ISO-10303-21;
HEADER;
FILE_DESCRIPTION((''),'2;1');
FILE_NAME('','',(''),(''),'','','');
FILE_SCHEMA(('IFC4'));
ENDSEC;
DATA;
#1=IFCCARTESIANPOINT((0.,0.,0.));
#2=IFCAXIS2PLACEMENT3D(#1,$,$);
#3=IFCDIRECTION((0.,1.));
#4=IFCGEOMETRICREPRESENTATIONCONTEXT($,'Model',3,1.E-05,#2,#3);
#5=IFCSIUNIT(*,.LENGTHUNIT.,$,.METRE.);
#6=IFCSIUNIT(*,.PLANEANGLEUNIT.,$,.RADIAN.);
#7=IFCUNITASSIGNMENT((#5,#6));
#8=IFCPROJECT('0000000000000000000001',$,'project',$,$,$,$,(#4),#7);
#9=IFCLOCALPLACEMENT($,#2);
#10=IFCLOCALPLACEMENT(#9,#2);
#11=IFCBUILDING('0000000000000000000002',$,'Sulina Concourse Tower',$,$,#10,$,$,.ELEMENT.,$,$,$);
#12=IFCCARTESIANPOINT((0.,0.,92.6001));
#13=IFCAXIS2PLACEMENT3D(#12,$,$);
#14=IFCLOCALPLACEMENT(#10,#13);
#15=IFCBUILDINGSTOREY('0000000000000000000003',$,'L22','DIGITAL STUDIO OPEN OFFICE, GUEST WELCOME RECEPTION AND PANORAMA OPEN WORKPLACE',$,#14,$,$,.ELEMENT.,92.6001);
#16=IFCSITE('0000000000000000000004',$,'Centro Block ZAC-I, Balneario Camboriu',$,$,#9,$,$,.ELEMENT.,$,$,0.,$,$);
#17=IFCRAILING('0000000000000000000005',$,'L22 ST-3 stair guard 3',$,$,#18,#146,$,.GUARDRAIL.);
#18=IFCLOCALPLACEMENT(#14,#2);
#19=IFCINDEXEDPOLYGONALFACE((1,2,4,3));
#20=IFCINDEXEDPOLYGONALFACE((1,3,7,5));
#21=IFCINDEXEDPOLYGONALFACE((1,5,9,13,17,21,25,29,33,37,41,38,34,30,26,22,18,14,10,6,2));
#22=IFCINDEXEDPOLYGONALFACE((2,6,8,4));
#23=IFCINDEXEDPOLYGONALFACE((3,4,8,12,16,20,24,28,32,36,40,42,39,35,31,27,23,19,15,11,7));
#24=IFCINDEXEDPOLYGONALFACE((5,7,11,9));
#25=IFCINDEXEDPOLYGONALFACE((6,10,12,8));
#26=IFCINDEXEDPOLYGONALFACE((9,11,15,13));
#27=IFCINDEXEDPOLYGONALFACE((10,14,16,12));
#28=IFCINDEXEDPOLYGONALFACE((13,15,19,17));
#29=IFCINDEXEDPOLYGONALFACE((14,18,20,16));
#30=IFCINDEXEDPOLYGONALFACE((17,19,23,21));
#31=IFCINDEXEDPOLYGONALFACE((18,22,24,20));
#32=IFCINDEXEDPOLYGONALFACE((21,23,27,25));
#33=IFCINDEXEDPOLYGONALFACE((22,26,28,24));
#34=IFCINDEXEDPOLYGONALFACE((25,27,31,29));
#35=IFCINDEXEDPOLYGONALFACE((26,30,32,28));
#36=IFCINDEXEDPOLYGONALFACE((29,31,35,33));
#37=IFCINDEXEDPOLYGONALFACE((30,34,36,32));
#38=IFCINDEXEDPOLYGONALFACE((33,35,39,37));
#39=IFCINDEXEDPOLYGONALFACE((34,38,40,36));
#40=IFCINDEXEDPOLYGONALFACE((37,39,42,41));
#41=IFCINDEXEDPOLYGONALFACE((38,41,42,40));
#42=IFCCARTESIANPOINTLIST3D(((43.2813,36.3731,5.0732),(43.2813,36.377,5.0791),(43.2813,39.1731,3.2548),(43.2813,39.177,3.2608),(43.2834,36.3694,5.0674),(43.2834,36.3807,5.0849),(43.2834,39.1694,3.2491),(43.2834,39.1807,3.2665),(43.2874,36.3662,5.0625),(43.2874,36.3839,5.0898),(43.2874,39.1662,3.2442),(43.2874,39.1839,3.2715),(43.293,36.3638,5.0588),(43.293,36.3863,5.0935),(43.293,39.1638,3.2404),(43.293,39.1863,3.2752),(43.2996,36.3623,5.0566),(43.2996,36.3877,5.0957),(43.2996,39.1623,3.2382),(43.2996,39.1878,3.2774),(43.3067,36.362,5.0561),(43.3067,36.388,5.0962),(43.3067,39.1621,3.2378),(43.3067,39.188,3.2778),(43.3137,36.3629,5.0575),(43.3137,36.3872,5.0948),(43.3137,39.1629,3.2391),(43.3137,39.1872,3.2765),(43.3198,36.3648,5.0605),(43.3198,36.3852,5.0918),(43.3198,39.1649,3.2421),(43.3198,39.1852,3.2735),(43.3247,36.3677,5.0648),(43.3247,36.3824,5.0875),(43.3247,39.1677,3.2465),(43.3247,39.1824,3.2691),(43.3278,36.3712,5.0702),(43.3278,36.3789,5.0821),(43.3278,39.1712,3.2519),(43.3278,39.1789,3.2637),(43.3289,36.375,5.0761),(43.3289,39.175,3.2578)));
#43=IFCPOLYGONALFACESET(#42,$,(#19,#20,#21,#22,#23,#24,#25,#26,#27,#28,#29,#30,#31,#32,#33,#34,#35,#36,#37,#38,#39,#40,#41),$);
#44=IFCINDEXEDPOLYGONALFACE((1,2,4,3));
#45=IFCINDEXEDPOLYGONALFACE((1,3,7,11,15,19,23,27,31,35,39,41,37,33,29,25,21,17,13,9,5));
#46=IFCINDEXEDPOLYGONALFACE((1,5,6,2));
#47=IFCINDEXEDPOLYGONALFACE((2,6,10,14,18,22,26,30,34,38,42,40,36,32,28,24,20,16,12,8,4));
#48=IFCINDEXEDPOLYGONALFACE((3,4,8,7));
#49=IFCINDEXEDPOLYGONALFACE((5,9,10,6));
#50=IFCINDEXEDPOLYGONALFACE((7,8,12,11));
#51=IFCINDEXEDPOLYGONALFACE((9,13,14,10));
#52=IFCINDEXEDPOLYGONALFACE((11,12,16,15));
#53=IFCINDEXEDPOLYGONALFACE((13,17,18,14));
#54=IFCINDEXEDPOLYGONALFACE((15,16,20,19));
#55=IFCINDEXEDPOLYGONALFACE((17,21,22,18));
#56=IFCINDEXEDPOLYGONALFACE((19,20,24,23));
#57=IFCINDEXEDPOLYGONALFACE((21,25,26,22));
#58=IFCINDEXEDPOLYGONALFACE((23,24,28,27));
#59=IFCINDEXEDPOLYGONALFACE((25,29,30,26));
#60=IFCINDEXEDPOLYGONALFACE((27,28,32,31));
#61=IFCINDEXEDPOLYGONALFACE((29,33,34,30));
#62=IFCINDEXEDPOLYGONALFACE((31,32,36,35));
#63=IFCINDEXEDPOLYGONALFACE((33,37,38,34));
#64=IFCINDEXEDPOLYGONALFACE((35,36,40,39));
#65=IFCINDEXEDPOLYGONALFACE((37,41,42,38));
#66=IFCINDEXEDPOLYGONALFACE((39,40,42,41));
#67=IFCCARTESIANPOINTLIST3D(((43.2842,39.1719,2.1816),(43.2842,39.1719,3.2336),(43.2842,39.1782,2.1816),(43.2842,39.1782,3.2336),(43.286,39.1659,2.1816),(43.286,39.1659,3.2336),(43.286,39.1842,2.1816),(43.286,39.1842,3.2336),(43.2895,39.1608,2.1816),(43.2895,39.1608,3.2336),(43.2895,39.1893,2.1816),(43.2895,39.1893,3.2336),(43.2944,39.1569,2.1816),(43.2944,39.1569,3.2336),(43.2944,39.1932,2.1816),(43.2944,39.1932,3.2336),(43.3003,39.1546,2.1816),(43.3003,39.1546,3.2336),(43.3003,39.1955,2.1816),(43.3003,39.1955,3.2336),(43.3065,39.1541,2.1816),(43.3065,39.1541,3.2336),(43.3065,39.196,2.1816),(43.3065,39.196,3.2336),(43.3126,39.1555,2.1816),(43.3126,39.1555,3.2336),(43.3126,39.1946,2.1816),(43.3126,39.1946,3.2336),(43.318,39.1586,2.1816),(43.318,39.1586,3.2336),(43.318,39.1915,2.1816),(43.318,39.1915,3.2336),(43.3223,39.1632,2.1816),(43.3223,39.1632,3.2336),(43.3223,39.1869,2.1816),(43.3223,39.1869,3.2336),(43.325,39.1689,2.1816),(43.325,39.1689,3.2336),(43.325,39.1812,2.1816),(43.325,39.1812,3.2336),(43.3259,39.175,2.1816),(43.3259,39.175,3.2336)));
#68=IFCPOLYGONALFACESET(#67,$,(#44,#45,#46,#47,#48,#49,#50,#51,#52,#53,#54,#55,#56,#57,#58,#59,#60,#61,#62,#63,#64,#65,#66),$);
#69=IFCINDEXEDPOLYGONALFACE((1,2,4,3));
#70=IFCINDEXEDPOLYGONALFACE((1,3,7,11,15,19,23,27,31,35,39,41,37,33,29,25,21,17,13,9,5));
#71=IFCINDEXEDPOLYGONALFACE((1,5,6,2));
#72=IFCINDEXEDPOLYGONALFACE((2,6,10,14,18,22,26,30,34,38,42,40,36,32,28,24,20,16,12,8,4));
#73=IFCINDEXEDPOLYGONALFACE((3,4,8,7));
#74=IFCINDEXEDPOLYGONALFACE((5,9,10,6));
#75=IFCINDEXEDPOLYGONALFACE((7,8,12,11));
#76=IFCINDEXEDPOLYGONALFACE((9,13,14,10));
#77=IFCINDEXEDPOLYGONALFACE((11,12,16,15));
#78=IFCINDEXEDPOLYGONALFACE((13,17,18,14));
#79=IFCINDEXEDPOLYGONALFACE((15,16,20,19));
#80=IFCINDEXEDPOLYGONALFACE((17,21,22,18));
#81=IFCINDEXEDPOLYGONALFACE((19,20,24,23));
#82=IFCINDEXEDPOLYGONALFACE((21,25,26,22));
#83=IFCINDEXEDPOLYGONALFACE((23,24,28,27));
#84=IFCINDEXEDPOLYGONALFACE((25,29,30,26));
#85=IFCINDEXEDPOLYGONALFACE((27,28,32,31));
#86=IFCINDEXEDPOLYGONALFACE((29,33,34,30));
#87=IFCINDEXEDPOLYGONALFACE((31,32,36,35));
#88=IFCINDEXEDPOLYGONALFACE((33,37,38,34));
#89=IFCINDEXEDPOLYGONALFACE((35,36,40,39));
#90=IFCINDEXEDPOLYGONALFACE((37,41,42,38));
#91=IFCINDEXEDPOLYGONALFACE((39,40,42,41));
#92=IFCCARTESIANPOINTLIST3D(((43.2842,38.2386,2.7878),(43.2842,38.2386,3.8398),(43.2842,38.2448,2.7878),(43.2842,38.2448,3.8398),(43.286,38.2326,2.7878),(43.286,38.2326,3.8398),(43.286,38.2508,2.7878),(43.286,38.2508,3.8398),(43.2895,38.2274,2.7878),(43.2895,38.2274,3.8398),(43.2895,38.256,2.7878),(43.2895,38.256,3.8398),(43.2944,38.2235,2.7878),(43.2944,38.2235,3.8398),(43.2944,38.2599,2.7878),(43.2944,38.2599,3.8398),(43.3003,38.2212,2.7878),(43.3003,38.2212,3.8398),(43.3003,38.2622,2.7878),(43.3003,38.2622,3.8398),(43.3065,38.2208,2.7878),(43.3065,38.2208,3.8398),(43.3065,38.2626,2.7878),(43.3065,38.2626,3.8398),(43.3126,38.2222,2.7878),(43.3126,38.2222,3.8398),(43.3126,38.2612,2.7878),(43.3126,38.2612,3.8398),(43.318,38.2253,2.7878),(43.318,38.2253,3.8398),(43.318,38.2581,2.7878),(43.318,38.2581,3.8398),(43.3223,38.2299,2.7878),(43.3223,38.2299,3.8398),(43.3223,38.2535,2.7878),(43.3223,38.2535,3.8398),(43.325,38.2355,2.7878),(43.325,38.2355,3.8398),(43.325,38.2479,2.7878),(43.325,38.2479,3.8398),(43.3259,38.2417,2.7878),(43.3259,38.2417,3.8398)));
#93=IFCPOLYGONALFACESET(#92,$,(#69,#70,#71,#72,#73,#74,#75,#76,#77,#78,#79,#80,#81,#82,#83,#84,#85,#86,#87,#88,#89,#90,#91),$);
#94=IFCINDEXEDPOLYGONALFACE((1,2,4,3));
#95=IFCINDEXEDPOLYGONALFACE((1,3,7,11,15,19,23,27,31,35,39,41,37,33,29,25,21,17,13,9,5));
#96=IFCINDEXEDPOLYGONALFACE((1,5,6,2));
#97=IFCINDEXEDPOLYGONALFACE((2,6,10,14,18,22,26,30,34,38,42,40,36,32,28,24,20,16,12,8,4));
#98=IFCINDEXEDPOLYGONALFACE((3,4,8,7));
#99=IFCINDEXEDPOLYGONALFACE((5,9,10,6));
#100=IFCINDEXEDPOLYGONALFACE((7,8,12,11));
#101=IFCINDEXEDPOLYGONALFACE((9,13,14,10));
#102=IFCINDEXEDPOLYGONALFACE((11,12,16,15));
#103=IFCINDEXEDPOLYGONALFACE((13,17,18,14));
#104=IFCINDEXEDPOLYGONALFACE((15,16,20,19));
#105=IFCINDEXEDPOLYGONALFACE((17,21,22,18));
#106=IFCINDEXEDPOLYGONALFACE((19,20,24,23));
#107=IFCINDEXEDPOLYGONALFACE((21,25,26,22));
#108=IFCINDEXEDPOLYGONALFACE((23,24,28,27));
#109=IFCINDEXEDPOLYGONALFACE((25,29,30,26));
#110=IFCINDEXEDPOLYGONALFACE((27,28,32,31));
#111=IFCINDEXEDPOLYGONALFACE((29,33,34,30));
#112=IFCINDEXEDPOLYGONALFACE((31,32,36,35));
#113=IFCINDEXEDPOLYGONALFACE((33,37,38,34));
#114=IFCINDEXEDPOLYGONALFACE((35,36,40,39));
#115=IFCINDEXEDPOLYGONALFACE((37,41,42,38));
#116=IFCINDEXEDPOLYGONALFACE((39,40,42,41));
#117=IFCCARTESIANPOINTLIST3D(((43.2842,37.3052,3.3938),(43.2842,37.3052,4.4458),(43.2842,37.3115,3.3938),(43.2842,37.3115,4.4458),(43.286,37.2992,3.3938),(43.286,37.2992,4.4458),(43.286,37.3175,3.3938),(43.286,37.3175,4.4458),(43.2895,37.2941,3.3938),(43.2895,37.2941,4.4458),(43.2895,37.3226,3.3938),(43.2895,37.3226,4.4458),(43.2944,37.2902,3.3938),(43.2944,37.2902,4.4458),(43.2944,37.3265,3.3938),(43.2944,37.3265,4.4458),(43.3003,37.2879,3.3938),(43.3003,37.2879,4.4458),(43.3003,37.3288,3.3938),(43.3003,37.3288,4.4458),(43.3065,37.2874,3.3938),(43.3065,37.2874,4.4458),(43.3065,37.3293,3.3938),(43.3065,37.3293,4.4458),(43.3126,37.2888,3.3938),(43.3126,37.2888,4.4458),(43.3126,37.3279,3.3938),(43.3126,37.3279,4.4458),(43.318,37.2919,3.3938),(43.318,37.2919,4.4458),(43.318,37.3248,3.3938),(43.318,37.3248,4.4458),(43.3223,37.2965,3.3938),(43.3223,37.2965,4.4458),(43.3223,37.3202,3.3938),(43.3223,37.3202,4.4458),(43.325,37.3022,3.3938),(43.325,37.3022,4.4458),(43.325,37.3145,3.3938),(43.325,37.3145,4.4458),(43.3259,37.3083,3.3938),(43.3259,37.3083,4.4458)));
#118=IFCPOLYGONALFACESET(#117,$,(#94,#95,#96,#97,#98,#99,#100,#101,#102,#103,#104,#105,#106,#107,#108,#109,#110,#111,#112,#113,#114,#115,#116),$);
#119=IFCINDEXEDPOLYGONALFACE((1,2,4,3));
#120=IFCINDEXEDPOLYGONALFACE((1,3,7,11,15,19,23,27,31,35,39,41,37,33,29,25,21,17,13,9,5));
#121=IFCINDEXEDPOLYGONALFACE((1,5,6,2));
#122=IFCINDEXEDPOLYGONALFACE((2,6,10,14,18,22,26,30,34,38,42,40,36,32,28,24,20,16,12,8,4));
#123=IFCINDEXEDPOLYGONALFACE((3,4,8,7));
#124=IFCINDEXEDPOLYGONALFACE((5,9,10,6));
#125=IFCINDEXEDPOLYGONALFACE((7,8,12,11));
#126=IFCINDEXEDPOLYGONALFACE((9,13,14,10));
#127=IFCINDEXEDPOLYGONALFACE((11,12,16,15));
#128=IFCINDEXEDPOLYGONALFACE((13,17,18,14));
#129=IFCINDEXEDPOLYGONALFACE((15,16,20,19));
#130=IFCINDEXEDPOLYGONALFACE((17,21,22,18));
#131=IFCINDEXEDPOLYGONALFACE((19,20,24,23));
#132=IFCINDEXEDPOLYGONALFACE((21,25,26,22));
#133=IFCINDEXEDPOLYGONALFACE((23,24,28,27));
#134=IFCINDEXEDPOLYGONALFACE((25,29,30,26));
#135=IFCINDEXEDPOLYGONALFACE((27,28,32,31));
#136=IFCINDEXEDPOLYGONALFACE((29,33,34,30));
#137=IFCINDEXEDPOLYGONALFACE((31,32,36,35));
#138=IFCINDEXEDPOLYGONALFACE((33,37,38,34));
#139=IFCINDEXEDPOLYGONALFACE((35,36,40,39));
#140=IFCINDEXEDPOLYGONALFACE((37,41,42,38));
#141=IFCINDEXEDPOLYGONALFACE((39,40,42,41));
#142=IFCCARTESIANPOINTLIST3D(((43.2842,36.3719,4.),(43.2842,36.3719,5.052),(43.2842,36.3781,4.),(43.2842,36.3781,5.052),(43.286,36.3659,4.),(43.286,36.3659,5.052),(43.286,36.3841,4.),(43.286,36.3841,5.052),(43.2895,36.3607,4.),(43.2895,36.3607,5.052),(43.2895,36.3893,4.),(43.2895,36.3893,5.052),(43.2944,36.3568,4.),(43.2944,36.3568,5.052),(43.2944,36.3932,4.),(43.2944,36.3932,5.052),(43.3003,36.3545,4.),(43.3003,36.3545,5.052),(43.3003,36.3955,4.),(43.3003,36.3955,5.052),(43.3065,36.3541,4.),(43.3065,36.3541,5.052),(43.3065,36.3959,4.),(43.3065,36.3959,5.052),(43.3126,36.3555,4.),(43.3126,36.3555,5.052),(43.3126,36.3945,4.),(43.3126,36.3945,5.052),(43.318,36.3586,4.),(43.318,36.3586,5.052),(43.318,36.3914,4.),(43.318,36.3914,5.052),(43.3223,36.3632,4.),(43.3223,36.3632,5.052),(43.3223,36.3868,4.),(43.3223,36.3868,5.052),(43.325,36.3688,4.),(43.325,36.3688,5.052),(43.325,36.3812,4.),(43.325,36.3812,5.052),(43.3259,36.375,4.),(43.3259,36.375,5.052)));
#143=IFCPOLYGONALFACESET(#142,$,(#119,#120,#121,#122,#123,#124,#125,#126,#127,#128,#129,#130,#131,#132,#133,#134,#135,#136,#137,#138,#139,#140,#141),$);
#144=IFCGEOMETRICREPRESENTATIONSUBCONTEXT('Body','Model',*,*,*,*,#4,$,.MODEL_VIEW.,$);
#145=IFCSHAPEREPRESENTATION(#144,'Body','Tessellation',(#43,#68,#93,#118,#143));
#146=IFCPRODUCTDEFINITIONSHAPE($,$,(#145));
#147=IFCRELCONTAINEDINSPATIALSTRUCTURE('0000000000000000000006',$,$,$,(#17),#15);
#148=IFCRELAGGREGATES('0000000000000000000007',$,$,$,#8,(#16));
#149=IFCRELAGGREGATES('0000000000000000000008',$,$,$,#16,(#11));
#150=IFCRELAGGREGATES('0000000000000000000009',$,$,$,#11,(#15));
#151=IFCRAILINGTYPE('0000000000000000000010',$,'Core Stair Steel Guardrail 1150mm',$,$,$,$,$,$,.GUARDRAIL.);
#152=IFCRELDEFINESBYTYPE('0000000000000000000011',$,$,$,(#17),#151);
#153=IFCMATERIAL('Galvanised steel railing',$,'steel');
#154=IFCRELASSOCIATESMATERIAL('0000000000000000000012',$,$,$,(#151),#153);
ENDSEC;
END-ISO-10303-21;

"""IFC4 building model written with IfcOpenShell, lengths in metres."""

from ifc_helpers import new_model, si_unit, direction, frame, origin, origin_2d, place, context, subcontext, project, spatial, circle, extrude, material, type_object, element, save


model = new_model("IFC4")

# Units and contexts
model_context = context("Model", 3, precision=1e-05, world=origin(), true_north=direction((0.0, 1.0)))
body_context = subcontext(model_context, "Body", "Model", "MODEL_VIEW")
ifc_project = project(units=[si_unit("LENGTHUNIT", "METRE"), si_unit("PLANEANGLEUNIT", "RADIAN")], contexts=[model_context])

# Site, building, storey
site_placement = place(None, origin())
site = spatial("IfcSite", under=ifc_project, at=site_placement, Name="Centro Block ZAC-I, Balneario Camboriu", CompositionType="ELEMENT", RefElevation=0.0)
building_placement = place(site_placement, origin())
building = spatial("IfcBuilding", under=site, at=building_placement, Name="Sulina Concourse Tower", CompositionType="ELEMENT")
storey_placement = place(building_placement, frame((0.0, 0.0, 92.6001)))
storey = spatial("IfcBuildingStorey", under=building, at=storey_placement, Name="L22", Description="DIGITAL STUDIO OPEN OFFICE, GUEST WELCOME RECEPTION AND PANORAMA OPEN WORKPLACE", CompositionType="ELEMENT", Elevation=92.6001)

# Railing
ifc_material_1 = material(Name="Galvanised steel railing", Category="steel")
railing_type_1 = type_object("IfcRailingType", Name="Core Stair Steel Guardrail 1150mm", PredefinedType="GUARDRAIL", material=ifc_material_1)
railing_1_placement = place(storey_placement, frame((43.3049, 39.175, 2.1816)))
element("IfcRailing", 1, at=railing_1_placement, inside=storey, type_object=railing_type_1, Name="L22 ST-3 stair guard 3", PredefinedType="GUARDRAIL", context=body_context, shape_type="SweptSolid", body=[
    extrude(circle(Radius=0.0239, at=origin_2d()), frame((0.0, 0.0, 1.0762), z_axis=(0.0, -0.838672, 0.544636), x_axis=(1.0, 0.0, 0.0)), (0.0, 0.0, 1.0), 3.3386),
    extrude(circle(Radius=0.021, at=origin_2d()), origin(), (0.0, 0.0, 1.0), 1.052),
    extrude(circle(Radius=0.021, at=origin_2d()), frame((0.0, -0.9333, 0.6062)), (0.0, 0.0, 1.0), 1.052),
    extrude(circle(Radius=0.021, at=origin_2d()), frame((0.0, -1.8667, 1.2122)), (0.0, 0.0, 1.0), 1.052),
    extrude(circle(Radius=0.021, at=origin_2d()), frame((0.0, -2.8, 1.8184)), (0.0, 0.0, 1.0), 1.052),
])

save(model, "model.ifc")
